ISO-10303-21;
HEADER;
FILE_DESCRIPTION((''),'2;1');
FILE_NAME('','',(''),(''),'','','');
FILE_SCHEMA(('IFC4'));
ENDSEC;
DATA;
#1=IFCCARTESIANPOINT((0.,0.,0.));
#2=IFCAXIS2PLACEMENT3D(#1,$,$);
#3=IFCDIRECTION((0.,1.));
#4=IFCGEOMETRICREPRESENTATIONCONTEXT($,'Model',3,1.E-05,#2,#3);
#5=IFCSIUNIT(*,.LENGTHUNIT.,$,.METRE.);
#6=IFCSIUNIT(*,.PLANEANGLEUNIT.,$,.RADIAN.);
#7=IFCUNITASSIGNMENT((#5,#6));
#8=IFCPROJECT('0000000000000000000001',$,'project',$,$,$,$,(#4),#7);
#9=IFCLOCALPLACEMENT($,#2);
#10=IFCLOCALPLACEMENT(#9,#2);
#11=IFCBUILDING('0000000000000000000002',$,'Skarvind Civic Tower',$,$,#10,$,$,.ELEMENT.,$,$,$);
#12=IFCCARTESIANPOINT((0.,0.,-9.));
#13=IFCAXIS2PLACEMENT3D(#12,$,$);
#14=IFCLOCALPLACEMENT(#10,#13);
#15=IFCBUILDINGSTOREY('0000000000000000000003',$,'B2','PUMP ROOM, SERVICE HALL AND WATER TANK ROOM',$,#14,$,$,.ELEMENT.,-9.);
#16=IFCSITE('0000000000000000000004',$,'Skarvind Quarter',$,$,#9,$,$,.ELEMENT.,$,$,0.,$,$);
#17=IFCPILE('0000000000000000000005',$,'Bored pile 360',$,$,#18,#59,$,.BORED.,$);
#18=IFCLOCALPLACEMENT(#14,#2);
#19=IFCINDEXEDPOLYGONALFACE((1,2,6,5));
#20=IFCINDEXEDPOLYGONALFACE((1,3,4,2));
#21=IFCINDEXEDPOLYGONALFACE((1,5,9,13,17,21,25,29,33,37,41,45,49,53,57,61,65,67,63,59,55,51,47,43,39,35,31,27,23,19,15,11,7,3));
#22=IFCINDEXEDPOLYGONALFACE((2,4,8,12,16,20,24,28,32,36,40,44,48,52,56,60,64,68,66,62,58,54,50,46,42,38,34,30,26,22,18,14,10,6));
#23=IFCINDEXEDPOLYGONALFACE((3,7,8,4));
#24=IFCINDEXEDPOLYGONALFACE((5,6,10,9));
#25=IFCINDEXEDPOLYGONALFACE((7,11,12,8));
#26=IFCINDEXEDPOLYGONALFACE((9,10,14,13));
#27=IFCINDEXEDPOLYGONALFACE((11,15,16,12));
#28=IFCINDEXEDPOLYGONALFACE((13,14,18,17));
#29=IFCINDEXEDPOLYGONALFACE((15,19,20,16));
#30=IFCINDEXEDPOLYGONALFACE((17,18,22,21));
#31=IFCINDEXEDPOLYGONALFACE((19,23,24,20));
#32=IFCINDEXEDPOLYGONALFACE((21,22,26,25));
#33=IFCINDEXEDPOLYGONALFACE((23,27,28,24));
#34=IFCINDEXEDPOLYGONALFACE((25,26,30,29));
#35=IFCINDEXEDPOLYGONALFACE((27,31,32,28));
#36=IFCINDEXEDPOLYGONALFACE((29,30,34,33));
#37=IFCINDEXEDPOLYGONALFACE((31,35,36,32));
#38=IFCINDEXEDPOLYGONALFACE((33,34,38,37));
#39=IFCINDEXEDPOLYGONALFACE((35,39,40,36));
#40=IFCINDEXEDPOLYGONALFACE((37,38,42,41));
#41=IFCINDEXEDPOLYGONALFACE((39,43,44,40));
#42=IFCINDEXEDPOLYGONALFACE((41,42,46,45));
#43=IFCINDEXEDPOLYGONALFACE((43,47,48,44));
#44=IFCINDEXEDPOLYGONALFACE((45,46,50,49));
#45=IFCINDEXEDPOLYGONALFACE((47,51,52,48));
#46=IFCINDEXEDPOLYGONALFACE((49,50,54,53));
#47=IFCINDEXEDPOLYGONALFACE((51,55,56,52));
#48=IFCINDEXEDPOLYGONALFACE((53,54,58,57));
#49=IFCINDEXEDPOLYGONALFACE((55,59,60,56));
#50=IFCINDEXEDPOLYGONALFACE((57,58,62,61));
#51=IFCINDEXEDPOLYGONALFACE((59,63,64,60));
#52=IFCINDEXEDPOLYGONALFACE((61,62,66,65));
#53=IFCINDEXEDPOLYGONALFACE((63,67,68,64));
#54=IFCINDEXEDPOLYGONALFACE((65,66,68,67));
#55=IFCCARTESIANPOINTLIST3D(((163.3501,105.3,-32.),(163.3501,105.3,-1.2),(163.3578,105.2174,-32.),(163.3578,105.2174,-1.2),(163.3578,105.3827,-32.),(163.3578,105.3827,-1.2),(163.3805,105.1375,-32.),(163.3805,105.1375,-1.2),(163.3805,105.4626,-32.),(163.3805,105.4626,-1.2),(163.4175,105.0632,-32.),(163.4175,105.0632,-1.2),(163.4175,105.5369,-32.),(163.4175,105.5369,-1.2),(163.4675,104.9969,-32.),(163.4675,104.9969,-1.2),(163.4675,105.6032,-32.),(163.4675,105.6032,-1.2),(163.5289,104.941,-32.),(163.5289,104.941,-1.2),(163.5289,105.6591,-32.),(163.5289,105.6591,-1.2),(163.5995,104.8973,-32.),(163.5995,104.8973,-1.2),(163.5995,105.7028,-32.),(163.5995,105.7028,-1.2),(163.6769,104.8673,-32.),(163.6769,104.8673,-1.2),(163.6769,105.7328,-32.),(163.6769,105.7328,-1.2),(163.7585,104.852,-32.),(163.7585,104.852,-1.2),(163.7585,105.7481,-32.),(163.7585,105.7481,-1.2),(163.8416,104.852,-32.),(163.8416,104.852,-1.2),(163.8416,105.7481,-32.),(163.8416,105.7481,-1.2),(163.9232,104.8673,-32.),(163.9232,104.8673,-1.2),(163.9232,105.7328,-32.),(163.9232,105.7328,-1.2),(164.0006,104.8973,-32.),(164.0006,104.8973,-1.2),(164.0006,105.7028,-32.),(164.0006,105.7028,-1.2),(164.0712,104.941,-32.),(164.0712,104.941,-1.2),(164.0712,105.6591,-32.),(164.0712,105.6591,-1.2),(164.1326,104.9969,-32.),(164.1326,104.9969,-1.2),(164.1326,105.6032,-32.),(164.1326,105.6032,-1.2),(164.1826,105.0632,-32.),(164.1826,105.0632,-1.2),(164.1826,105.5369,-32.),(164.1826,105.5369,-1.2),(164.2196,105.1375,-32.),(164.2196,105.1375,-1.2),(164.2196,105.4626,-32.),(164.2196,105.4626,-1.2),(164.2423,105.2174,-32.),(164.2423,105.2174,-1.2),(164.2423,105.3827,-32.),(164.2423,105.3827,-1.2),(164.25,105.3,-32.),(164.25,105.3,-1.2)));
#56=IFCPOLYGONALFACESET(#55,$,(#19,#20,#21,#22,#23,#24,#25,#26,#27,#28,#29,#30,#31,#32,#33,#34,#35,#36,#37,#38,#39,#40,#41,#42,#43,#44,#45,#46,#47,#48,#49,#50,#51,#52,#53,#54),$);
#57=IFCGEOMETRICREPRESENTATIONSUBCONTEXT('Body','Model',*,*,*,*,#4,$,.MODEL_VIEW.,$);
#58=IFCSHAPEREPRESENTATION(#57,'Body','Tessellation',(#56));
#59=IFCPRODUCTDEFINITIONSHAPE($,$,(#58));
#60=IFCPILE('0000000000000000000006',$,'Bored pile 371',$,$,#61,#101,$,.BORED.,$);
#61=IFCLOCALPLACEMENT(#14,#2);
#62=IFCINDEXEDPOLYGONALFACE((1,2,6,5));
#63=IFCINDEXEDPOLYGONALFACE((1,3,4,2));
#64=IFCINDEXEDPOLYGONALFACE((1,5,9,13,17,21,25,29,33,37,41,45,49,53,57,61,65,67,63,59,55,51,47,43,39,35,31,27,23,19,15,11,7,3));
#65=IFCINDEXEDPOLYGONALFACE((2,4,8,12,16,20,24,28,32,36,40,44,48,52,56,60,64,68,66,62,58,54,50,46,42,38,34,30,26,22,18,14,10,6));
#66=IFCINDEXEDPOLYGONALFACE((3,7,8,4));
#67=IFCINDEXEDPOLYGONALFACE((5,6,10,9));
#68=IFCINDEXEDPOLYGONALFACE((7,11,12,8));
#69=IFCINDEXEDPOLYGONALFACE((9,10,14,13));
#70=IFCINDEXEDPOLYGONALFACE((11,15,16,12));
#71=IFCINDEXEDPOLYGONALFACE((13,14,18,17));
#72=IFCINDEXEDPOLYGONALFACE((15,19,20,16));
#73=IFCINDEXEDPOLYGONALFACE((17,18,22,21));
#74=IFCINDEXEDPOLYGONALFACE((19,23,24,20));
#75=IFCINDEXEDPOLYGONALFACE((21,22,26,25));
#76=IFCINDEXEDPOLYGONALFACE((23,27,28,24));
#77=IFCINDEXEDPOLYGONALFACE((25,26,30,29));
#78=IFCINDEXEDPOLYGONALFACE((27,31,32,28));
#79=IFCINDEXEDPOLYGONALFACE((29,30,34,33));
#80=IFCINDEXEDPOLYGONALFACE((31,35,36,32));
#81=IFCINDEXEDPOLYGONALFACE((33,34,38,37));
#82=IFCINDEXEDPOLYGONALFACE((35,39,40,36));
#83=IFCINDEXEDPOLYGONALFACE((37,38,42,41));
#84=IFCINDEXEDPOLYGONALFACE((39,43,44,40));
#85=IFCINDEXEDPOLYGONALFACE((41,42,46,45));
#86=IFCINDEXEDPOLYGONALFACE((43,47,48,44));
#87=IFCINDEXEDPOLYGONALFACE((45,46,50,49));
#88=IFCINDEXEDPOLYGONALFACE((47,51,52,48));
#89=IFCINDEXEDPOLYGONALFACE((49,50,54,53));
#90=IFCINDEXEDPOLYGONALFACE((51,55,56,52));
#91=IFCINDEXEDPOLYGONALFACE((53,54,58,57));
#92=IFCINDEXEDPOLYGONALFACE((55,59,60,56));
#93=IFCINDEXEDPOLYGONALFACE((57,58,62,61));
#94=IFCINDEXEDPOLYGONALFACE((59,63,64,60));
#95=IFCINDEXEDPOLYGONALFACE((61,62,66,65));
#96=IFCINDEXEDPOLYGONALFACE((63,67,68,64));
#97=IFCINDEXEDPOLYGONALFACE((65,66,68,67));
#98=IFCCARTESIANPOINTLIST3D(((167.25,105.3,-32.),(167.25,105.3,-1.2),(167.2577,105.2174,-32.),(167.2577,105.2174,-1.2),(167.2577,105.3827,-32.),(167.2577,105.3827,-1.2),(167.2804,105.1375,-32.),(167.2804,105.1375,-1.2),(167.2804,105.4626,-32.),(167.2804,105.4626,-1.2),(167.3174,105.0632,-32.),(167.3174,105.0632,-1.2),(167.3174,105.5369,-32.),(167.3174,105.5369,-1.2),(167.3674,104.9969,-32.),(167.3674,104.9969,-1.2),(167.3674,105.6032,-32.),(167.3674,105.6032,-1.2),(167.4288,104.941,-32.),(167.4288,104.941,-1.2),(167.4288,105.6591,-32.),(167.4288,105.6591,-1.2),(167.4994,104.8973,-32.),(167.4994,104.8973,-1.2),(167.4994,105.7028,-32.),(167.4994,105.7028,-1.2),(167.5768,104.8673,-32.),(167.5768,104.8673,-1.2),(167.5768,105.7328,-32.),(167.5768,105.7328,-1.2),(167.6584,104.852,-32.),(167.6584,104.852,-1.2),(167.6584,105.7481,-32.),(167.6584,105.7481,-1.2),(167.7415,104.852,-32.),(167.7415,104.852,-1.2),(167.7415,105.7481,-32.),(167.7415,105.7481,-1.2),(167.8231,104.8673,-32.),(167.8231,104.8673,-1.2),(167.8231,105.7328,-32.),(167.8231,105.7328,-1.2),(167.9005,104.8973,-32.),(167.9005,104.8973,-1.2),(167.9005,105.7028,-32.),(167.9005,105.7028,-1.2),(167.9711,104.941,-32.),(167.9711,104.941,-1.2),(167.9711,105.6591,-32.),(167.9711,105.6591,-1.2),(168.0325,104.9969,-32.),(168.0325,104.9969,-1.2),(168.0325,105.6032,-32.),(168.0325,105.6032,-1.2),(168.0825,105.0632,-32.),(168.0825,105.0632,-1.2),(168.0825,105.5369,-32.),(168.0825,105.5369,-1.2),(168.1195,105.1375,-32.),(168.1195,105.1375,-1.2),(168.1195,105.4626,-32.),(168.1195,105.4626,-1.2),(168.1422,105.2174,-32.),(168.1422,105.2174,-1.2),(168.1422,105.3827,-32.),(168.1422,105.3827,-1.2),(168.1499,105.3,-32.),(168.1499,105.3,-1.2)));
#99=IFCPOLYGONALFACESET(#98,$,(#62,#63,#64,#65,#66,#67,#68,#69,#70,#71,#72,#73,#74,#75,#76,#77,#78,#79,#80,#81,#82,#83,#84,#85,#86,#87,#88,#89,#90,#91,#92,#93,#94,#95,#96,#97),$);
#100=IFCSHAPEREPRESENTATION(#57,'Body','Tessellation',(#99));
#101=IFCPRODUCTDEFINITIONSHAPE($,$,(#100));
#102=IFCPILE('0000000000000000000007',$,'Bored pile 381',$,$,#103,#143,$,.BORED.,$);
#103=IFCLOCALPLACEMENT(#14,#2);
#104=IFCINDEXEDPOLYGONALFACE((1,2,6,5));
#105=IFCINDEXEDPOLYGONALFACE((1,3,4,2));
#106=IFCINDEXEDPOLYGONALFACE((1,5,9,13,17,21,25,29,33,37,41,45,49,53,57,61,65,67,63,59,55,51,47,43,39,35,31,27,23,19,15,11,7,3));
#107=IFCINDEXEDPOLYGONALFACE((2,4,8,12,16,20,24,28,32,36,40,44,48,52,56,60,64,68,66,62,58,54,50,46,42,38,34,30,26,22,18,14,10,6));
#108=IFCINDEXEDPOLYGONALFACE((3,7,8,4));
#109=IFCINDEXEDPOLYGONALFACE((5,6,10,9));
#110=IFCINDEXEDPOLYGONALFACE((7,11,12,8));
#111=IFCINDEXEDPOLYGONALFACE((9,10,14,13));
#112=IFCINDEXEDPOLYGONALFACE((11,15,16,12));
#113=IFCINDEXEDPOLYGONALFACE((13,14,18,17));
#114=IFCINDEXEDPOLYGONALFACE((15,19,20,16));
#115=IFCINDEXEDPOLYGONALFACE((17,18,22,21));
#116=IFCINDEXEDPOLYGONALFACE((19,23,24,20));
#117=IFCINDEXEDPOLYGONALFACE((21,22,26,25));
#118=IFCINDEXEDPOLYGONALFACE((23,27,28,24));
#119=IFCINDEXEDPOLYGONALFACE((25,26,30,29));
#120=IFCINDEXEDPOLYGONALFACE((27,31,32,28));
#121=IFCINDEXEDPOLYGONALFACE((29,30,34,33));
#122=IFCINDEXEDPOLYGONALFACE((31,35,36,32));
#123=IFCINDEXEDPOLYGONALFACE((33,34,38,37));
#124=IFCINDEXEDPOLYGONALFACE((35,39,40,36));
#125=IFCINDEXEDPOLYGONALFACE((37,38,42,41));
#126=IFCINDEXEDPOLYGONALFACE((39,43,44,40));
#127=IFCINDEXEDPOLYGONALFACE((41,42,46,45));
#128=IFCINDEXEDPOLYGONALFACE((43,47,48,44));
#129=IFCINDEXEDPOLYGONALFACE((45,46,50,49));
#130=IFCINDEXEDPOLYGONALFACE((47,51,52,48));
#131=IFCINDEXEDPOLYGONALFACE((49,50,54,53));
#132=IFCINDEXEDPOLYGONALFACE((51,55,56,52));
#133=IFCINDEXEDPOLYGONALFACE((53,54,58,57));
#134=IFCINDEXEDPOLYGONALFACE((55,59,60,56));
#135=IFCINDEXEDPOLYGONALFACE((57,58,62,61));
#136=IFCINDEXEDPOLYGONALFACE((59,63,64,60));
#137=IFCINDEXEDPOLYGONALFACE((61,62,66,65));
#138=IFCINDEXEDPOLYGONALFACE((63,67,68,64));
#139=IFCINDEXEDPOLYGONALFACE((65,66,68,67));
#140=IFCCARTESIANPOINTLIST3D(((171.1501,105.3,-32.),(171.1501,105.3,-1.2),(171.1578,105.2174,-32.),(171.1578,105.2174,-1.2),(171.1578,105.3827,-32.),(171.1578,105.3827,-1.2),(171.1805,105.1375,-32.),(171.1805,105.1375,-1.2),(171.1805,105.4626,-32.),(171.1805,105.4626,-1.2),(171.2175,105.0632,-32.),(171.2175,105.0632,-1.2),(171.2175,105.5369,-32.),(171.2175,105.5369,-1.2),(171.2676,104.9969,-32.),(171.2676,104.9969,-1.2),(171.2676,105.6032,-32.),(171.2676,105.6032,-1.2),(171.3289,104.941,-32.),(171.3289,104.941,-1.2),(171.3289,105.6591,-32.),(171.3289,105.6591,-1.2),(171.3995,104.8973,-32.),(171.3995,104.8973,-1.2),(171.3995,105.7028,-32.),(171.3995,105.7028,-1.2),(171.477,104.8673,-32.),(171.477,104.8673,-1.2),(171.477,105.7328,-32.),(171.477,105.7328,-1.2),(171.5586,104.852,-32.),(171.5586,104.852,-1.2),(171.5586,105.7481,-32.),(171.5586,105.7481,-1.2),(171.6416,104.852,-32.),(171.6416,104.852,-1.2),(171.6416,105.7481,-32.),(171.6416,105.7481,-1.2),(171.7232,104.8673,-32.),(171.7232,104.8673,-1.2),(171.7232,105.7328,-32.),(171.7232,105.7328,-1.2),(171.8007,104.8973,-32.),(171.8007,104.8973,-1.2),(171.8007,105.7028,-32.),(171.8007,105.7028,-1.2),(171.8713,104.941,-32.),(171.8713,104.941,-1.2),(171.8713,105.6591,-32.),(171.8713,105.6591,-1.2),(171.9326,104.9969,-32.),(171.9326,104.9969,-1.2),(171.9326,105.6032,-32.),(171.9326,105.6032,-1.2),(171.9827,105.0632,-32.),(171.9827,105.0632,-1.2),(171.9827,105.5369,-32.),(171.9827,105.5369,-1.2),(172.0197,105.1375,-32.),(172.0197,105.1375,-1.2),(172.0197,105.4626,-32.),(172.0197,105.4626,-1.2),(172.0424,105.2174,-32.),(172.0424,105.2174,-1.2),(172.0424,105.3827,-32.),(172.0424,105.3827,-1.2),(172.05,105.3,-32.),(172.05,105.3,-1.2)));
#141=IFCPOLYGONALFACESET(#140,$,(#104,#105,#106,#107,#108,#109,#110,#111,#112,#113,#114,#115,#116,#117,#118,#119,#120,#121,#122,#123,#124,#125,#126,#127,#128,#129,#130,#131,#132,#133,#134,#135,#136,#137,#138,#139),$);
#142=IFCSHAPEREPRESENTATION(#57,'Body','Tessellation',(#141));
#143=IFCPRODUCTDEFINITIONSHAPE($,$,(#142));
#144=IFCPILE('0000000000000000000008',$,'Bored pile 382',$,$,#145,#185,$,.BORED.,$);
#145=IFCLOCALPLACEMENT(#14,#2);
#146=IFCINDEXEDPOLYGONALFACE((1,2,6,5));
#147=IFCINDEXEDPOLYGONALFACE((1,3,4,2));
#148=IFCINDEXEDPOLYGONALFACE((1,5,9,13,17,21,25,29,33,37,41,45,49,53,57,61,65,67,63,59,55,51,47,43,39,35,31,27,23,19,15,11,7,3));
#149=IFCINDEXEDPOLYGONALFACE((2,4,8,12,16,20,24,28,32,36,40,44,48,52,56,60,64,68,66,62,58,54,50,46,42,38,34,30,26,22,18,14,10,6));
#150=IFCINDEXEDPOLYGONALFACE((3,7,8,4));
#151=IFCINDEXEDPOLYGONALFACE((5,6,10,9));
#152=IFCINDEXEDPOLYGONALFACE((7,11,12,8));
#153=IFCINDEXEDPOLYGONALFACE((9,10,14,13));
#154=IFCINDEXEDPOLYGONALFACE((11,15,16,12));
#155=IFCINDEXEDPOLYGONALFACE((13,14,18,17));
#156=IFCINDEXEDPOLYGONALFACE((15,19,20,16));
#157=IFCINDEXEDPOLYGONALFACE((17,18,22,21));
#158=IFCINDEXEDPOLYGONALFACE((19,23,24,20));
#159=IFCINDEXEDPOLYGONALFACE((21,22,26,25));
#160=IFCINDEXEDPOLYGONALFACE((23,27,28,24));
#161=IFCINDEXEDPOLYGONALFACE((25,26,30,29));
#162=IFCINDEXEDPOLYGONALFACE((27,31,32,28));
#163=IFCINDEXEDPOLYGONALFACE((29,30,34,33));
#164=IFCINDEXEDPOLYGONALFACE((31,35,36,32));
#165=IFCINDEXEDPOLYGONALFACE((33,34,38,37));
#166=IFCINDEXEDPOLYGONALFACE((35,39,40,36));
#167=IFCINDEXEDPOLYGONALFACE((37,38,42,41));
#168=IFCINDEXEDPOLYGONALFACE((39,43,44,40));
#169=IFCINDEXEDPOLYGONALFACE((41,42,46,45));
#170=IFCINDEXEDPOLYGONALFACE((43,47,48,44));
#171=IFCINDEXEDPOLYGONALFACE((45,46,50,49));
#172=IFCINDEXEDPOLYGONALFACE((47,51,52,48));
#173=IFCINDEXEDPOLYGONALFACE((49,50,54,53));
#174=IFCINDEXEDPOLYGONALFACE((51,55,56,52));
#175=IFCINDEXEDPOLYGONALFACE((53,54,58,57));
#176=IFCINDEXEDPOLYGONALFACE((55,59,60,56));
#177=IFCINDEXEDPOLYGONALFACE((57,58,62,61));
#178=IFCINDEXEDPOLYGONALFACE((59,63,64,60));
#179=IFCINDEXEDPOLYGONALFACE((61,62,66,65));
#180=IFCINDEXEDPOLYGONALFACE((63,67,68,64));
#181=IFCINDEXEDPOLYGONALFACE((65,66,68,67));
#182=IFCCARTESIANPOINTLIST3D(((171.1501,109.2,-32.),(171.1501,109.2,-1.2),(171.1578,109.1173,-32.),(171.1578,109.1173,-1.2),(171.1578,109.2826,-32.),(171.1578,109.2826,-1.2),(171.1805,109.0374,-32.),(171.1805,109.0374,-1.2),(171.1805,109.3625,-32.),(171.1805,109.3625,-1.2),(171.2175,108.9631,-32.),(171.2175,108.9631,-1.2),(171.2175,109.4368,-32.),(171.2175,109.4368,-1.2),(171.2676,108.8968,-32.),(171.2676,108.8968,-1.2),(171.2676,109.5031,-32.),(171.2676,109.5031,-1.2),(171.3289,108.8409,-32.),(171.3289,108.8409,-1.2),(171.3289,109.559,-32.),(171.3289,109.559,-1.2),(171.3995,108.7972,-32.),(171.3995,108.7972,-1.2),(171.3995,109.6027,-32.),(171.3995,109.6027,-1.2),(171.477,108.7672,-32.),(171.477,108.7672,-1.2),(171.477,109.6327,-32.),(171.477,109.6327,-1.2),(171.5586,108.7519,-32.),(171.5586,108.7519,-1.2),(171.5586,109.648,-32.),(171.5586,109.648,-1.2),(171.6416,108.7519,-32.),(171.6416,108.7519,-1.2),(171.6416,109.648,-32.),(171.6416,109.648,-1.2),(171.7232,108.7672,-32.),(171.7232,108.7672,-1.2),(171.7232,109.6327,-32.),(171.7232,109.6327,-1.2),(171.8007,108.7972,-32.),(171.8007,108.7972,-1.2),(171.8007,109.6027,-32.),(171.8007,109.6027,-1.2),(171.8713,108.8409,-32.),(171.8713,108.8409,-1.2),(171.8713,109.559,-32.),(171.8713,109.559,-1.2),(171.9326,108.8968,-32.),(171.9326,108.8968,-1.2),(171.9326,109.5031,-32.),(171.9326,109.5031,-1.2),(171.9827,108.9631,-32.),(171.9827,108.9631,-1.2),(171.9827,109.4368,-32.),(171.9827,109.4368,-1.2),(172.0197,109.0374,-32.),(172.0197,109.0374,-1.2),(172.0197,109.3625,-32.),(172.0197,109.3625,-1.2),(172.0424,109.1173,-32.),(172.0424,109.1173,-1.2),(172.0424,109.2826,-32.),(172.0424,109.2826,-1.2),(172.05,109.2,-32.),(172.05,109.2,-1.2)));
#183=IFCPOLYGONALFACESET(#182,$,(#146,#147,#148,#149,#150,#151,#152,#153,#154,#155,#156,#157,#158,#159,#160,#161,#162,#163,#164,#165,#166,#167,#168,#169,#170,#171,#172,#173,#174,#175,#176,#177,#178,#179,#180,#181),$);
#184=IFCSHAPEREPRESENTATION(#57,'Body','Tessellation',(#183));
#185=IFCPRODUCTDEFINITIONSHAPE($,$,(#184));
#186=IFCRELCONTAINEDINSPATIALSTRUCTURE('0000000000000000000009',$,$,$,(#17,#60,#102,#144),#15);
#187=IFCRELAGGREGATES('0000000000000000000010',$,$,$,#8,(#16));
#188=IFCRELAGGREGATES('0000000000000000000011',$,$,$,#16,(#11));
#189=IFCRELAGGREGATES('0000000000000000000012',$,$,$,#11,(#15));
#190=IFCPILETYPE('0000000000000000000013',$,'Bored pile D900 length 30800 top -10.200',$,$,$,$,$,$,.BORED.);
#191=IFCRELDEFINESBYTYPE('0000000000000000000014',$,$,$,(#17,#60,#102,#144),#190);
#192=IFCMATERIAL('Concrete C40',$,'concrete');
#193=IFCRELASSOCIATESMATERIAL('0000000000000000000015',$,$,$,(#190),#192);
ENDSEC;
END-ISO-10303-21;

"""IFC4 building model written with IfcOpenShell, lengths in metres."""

from ifc_helpers import new_model, si_unit, direction, frame, origin, origin_2d, place, context, subcontext, project, spatial, circle, extrude, material, type_object, element, save


model = new_model("IFC4")

# Units and contexts
model_context = context("Model", 3, precision=1e-05, world=origin(), true_north=direction((0.0, 1.0)))
body_context = subcontext(model_context, "Body", "Model", "MODEL_VIEW")
ifc_project = project(units=[si_unit("LENGTHUNIT", "METRE"), si_unit("PLANEANGLEUNIT", "RADIAN")], contexts=[model_context])

# Site, building, storey
site_placement = place(None, origin())
site = spatial("IfcSite", under=ifc_project, at=site_placement, Name="Skarvind Quarter", CompositionType="ELEMENT", RefElevation=0.0)
building_placement = place(site_placement, origin())
building = spatial("IfcBuilding", under=site, at=building_placement, Name="Skarvind Civic Tower", CompositionType="ELEMENT")
storey_placement = place(building_placement, frame((0.0, 0.0, -9.0)))
storey = spatial("IfcBuildingStorey", under=building, at=storey_placement, Name="B2", Description="PUMP ROOM, SERVICE HALL AND WATER TANK ROOM", CompositionType="ELEMENT", Elevation=-9.0)

# Piles
ifc_material_1 = material(Name="Concrete C40", Category="concrete")
pile_type_1 = type_object("IfcPileType", Name="Bored pile D900 length 30800 top -10.200", PredefinedType="BORED", material=ifc_material_1)
for number, where, z_axis, x_axis, name in (
    (1, (163.8, 105.3, -1.2), (0.0, 0.0, -1.0), (1.0, 0.0, 0.0), "Bored pile 360"),
    (2, (167.7, 105.3, -1.2), (0.0, 0.0, -1.0), (1.0, 0.0, 0.0), "Bored pile 371"),
    (3, (171.6001, 105.3, -1.2), (0.0, 0.0, -1.0), (1.0, 0.0, 0.0), "Bored pile 381"),
    (4, (171.6001, 109.2, -1.2), (0.0, 0.0, -1.0), (1.0, 0.0, 0.0), "Bored pile 382"),
):
    element("IfcPile", number, at=place(storey_placement, frame(where, z_axis=z_axis, x_axis=x_axis)), inside=storey, type_object=pile_type_1, Name=name, PredefinedType="BORED", context=body_context, shape_type="SweptSolid", body=[
        extrude(circle(Radius=0.45, at=origin_2d()), origin(), (0.0, 0.0, 1.0), 30.8),
    ])

save(model, "model.ifc")
